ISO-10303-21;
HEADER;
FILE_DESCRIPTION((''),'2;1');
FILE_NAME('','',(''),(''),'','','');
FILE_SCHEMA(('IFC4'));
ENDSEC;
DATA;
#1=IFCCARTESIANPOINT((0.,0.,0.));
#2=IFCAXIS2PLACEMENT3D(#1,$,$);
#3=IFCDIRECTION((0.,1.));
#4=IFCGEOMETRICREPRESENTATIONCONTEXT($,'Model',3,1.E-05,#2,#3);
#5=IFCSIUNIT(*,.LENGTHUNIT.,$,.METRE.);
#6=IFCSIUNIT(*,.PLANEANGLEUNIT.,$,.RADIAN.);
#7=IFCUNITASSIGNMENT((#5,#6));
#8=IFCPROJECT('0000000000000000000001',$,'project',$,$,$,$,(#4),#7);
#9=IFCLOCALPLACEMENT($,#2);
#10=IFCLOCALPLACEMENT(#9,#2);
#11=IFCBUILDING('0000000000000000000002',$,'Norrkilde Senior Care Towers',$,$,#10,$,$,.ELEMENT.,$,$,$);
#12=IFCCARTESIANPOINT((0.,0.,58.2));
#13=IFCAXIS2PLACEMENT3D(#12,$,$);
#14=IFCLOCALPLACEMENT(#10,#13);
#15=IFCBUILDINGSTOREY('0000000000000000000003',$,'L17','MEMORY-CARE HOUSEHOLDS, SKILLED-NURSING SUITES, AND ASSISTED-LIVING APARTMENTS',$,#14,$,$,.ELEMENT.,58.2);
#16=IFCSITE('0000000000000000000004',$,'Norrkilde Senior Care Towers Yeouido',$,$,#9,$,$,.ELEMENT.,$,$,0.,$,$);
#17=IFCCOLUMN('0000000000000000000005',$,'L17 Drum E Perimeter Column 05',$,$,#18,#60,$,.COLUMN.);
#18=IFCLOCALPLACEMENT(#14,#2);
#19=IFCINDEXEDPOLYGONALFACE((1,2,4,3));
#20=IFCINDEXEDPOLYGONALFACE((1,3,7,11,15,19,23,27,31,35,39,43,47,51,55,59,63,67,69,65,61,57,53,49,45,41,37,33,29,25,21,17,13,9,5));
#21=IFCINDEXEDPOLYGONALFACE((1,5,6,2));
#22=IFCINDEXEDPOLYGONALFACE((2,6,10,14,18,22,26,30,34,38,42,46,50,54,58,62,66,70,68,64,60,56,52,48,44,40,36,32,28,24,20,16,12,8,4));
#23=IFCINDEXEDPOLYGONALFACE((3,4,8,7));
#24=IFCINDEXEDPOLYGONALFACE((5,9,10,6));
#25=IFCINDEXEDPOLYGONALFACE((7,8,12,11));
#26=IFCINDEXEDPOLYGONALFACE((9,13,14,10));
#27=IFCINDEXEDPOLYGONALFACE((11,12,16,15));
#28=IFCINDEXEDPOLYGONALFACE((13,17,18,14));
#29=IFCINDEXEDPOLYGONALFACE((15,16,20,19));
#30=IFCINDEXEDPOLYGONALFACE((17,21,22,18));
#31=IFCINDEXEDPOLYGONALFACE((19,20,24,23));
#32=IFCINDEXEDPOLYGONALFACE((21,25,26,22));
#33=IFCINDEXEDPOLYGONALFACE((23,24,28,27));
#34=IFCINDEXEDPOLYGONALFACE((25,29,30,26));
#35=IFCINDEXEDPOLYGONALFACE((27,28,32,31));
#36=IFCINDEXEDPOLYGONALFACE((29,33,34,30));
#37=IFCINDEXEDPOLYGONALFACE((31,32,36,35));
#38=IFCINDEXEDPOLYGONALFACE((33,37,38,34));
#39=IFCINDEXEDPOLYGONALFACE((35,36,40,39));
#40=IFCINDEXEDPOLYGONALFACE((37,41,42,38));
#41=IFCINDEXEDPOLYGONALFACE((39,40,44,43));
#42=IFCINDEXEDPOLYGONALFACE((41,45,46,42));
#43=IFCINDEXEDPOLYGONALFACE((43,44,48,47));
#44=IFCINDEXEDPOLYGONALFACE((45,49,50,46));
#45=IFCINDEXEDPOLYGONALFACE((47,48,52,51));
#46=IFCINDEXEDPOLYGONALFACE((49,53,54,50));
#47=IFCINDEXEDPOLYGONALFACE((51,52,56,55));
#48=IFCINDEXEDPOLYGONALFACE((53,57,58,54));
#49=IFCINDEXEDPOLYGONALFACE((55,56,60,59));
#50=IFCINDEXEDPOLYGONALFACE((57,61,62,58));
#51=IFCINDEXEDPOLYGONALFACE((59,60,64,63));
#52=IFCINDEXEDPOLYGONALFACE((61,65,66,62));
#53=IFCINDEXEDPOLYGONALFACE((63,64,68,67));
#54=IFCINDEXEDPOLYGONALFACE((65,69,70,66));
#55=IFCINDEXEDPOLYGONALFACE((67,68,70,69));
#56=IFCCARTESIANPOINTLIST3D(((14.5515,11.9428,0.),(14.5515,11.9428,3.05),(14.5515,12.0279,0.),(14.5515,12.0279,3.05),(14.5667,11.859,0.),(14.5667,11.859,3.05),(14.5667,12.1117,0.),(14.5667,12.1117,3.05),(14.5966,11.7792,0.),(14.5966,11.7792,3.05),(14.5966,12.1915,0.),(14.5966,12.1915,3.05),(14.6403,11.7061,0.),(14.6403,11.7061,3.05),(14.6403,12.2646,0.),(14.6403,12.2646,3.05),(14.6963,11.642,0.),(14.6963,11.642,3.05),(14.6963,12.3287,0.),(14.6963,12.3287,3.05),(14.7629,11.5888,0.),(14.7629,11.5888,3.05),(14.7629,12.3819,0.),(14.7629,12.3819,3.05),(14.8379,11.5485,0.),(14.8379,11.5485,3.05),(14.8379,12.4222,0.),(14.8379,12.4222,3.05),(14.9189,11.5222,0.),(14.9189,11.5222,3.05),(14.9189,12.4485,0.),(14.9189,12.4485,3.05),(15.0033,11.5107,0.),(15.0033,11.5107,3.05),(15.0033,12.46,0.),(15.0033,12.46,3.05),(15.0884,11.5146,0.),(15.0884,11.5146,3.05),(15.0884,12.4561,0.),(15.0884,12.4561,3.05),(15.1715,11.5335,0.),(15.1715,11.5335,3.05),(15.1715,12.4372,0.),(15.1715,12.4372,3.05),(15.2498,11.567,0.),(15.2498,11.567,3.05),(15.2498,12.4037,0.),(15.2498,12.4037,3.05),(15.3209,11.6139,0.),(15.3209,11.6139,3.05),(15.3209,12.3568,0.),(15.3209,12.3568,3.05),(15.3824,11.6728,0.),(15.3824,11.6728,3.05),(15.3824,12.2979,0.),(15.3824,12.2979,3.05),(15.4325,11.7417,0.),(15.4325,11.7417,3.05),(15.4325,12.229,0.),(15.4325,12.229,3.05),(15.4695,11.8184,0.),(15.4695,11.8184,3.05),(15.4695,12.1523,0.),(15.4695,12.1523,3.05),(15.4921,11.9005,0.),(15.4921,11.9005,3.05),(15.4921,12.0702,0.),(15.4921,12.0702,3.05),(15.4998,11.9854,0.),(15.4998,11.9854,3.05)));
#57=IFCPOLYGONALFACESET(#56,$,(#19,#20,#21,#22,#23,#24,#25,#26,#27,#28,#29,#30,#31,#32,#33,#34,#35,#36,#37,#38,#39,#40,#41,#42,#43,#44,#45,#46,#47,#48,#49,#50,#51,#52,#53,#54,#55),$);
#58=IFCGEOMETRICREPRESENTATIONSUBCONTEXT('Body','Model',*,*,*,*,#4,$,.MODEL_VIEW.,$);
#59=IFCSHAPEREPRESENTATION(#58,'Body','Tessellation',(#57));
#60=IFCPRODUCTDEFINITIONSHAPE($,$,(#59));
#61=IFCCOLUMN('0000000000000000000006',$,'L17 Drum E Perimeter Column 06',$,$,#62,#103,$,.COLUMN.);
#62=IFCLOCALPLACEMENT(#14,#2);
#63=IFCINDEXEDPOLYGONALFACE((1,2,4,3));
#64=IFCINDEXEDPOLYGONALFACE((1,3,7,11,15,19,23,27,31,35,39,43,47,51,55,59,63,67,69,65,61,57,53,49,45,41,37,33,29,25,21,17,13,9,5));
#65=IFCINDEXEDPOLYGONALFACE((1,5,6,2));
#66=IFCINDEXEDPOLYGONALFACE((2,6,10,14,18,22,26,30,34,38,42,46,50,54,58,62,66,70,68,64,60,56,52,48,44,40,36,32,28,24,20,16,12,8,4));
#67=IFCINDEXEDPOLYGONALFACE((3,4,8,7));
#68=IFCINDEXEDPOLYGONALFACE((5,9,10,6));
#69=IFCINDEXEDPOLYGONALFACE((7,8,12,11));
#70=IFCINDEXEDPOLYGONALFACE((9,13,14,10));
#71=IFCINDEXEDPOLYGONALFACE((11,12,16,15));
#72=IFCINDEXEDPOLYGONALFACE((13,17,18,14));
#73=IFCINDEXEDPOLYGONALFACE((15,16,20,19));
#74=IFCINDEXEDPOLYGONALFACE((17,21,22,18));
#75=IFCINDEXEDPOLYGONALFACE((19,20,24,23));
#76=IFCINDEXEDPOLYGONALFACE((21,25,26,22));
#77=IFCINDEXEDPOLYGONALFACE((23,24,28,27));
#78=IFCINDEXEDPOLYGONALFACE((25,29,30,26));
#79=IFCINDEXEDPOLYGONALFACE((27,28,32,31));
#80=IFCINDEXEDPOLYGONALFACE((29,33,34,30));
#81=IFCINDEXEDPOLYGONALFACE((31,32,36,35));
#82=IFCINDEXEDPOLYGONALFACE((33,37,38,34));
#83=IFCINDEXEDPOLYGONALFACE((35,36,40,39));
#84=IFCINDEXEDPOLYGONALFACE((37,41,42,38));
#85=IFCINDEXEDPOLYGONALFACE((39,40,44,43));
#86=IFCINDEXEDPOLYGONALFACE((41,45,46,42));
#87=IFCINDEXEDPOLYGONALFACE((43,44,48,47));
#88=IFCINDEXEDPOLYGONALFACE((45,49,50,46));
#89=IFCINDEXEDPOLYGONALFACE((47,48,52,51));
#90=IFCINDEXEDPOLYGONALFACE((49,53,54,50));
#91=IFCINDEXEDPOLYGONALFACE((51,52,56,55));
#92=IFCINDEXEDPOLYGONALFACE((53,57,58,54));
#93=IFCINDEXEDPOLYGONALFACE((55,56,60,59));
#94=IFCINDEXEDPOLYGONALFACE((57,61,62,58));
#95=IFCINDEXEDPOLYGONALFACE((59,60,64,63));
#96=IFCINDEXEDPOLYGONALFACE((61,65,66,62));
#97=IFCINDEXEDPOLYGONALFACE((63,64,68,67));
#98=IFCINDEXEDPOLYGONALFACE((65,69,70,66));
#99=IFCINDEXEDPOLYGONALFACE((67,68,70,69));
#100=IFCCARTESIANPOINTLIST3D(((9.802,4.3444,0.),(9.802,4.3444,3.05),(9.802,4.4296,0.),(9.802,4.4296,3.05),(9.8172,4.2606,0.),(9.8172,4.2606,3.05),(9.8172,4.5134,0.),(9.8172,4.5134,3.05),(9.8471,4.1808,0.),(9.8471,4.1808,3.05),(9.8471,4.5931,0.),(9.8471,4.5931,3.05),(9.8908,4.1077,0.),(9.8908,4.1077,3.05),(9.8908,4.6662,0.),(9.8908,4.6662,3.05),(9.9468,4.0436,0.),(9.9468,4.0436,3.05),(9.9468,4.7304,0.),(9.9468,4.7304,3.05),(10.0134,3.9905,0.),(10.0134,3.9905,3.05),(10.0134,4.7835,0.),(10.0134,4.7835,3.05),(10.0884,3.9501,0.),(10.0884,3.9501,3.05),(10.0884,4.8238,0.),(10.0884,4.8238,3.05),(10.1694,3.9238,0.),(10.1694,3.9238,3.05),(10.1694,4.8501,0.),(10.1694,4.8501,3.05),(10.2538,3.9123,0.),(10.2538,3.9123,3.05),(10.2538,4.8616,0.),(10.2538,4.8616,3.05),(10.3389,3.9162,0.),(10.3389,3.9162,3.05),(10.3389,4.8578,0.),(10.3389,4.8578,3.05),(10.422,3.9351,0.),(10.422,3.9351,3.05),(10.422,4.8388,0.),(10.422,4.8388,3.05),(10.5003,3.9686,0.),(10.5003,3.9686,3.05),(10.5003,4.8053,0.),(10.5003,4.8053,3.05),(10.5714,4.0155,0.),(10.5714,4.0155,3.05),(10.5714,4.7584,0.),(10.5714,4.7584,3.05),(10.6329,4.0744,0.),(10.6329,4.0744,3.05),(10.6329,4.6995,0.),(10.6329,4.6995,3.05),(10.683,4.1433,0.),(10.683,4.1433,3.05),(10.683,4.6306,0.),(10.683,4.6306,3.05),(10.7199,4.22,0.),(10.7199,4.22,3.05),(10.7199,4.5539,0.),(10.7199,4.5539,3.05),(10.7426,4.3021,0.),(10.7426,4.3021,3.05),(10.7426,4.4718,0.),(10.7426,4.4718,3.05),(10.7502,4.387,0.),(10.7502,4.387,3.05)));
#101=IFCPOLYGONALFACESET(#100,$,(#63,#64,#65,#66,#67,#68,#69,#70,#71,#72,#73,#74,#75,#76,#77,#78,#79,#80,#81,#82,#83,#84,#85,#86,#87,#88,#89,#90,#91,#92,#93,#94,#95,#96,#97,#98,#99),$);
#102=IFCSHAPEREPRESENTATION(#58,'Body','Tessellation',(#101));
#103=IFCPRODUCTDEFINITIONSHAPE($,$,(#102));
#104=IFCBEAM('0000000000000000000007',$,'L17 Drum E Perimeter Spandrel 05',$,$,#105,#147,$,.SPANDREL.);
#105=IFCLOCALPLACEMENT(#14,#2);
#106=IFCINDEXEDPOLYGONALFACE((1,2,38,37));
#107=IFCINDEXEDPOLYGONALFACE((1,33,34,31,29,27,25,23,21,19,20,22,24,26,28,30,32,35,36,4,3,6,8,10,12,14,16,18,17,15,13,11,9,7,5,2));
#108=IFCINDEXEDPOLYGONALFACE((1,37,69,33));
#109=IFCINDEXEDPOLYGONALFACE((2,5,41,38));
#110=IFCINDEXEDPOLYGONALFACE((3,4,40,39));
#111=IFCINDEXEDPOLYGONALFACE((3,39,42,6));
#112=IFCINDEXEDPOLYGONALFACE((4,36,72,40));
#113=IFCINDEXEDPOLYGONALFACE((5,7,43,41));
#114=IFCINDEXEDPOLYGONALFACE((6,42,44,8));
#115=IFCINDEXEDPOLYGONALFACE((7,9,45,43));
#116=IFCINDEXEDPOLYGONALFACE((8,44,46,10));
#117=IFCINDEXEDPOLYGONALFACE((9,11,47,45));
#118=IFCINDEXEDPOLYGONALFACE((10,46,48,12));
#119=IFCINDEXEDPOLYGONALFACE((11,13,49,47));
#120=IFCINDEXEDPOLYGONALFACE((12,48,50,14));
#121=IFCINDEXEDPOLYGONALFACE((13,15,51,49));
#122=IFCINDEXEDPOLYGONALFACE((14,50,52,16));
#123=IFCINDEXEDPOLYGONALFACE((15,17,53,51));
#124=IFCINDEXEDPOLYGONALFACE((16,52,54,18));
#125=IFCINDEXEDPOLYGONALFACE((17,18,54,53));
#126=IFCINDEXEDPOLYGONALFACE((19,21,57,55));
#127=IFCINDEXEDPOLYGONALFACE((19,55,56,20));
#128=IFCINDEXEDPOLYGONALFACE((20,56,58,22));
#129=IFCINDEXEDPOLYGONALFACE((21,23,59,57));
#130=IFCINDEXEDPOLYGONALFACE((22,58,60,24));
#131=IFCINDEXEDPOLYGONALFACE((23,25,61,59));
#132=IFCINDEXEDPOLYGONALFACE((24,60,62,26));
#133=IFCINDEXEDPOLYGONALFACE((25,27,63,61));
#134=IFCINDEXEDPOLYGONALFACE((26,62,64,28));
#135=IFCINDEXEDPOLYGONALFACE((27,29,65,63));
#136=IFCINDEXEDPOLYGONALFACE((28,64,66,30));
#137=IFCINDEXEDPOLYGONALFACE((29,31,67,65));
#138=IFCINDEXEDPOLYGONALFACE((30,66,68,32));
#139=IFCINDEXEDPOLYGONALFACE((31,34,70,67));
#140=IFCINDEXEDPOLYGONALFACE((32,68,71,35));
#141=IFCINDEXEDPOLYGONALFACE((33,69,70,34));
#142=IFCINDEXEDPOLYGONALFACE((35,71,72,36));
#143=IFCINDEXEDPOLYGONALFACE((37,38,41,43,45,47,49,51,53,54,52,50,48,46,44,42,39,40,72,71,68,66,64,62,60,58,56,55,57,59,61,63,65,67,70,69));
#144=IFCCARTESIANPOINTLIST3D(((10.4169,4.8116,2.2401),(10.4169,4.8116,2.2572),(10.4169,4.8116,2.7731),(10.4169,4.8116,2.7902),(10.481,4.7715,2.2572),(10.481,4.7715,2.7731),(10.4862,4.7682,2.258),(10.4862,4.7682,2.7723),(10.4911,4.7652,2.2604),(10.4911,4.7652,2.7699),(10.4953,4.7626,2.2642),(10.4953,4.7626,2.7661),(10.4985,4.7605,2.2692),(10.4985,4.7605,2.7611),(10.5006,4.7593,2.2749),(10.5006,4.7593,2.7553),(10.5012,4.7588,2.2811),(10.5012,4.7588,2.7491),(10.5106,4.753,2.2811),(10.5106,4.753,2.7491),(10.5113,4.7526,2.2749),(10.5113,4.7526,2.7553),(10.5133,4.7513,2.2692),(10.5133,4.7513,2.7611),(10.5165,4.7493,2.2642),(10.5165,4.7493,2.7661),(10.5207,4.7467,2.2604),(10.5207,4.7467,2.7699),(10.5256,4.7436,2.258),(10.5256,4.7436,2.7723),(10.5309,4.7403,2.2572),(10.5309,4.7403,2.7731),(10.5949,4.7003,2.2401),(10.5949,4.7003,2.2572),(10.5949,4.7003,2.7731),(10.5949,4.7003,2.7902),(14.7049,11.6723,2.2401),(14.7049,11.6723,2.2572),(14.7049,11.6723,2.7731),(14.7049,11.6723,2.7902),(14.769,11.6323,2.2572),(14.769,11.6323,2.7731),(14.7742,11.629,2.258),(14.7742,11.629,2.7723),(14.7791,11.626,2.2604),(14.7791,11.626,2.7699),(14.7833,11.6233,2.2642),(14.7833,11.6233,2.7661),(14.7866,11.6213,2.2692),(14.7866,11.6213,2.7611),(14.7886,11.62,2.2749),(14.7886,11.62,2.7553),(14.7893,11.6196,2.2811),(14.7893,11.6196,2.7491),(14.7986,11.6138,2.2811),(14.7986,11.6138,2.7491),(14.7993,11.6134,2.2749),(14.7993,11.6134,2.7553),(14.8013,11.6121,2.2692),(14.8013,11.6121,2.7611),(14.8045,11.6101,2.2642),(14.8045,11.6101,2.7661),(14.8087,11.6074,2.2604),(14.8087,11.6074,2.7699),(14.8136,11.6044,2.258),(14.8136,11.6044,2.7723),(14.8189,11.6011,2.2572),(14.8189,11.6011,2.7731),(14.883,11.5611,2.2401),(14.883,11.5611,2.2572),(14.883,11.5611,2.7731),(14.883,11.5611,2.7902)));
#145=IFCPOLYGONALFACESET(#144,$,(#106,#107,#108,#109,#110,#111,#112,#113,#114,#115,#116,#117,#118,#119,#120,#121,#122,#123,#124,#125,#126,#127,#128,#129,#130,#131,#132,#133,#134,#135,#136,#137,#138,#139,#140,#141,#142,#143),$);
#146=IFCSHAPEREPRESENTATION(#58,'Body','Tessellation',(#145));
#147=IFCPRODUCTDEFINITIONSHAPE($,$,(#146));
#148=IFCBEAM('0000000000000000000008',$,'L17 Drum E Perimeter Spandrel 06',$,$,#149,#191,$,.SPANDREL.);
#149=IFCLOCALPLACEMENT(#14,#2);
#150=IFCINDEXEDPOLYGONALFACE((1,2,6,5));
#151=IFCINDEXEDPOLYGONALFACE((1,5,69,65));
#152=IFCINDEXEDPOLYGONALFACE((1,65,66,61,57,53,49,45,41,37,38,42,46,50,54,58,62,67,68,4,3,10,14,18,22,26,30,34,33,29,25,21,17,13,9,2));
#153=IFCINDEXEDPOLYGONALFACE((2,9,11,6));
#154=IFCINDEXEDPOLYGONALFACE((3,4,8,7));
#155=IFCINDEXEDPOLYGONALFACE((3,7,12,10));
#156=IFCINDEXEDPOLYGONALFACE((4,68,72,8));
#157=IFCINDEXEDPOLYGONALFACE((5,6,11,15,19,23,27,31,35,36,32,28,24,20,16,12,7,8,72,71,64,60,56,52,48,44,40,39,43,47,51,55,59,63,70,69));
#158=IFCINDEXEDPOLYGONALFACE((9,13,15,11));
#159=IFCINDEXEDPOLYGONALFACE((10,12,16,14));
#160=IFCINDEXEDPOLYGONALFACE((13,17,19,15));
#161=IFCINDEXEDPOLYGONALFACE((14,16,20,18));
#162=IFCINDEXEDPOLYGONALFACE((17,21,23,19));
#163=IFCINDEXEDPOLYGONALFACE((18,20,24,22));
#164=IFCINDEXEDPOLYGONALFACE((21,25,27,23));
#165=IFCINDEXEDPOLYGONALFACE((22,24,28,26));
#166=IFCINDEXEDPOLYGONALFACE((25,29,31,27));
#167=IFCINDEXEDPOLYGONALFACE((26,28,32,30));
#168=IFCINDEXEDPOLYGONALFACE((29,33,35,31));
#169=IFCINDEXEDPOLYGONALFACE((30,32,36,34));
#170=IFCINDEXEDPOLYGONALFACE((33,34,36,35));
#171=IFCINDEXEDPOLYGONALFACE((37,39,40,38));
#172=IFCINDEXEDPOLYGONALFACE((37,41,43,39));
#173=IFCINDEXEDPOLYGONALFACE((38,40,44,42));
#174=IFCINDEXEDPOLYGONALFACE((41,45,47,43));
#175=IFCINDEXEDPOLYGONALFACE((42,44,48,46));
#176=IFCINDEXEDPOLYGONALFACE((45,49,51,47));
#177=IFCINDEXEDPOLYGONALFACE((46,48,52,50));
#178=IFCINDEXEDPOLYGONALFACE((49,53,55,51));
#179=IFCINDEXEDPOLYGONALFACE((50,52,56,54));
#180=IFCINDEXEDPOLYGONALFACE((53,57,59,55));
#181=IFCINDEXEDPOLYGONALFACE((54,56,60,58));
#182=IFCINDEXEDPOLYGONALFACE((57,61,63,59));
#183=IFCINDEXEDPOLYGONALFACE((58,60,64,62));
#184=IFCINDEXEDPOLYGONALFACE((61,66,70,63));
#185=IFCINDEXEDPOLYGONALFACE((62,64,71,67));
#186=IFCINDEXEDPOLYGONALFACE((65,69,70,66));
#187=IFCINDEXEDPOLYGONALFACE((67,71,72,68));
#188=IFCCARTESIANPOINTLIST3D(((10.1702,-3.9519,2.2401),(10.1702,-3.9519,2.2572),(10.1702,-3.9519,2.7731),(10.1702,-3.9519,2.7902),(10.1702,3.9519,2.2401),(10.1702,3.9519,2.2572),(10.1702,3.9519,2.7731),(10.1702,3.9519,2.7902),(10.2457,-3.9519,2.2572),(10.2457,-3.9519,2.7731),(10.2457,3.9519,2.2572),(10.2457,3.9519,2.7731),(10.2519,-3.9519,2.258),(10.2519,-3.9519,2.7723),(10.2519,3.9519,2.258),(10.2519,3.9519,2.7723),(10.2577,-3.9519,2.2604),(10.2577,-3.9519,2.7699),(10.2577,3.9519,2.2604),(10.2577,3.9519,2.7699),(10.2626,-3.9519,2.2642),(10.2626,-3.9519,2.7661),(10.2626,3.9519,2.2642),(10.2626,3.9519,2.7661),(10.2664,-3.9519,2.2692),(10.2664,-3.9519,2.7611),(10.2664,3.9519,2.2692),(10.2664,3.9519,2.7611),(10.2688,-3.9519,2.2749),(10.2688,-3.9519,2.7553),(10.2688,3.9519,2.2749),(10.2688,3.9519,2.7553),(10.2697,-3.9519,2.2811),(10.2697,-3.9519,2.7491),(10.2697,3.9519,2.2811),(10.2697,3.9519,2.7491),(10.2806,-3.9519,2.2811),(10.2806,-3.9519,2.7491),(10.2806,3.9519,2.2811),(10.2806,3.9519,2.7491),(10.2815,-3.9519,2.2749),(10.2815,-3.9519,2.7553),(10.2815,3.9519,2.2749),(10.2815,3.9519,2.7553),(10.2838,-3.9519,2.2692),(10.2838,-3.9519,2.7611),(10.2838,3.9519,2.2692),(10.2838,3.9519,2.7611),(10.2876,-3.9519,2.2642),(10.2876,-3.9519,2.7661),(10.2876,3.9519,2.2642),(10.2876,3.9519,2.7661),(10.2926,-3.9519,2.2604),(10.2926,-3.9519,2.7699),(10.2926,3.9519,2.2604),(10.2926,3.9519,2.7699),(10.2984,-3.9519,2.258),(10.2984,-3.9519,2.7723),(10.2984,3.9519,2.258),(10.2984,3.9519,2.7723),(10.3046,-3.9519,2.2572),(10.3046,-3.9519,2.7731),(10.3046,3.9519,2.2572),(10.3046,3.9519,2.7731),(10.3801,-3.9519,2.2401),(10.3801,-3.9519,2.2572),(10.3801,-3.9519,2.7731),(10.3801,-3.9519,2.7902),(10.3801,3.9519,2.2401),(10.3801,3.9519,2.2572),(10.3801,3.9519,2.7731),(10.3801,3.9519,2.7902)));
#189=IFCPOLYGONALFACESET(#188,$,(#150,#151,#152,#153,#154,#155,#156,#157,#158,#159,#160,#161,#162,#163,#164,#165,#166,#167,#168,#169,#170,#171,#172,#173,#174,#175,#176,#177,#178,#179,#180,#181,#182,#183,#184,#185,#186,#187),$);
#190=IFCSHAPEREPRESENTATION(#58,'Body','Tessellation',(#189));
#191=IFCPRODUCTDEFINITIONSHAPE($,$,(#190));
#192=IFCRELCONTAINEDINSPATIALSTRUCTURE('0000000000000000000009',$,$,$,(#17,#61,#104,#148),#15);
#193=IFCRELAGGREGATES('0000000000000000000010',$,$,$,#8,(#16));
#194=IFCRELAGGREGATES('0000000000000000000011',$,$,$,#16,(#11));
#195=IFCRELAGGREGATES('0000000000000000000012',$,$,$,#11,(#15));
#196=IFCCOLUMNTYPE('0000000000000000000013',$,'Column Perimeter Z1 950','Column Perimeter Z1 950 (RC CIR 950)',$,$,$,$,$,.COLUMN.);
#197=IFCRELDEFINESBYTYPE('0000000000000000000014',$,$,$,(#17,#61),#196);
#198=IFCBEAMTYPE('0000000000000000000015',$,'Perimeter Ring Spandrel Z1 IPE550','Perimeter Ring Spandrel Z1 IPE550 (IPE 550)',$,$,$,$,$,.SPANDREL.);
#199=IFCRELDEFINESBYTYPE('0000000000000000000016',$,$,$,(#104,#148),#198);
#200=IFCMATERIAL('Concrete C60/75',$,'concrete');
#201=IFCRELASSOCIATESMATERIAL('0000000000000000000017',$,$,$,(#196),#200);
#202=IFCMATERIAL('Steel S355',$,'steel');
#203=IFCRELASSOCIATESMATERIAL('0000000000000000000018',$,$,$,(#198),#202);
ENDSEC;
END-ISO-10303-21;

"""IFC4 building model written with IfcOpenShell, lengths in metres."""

from ifc_helpers import new_model, si_unit, direction, frame, origin, origin_2d, place, context, subcontext, project, spatial, circle, i_section, extrude, source, transform, mapped, material, material_profile, profile_set, type_object, type_shapes, element, save


model = new_model("IFC4")

# Units and contexts
model_context = context("Model", 3, precision=1e-05, world=origin(), true_north=direction((0.0, 1.0)))
body_context = subcontext(model_context, "Body", "Model", "MODEL_VIEW")
ifc_project = project(units=[si_unit("LENGTHUNIT", "METRE"), si_unit("PLANEANGLEUNIT", "RADIAN")], contexts=[model_context])

# Site, building, storey
site_placement = place(None, origin())
site = spatial("IfcSite", under=ifc_project, at=site_placement, Name="Norrkilde Senior Care Towers Yeouido", CompositionType="ELEMENT", RefElevation=0.0)
building_placement = place(site_placement, origin())
building = spatial("IfcBuilding", under=site, at=building_placement, Name="Norrkilde Senior Care Towers", CompositionType="ELEMENT")
storey_placement = place(building_placement, frame((0.0, 0.0, 58.2)))
storey = spatial("IfcBuildingStorey", under=building, at=storey_placement, Name="L17", Description="MEMORY-CARE HOUSEHOLDS, SKILLED-NURSING SUITES, AND ASSISTED-LIVING APARTMENTS", CompositionType="ELEMENT", Elevation=58.2)

# Columns
ifc_material_1 = material(Name="Concrete C60/75", Category="concrete")
ifc_material_profile_1 = material_profile(ifc_material_1, circle(Radius=0.4751, at=origin_2d()), Name="RC CIR 950")
ifc_profile_set_1 = profile_set([ifc_material_profile_1], Name="Concrete C60/75")
column_type = type_object("IfcColumnType", Name="Column Perimeter Z1 950", Description="Column Perimeter Z1 950 (RC CIR 950)", PredefinedType="COLUMN", material=ifc_profile_set_1)
shared_shape_1 = source(origin(), body_context, "Body", "SweptSolid", [
    extrude(circle(Radius=0.4751, at=origin_2d()), origin(), (0.0, 0.0, 1.0), 3.05),
])
type_shapes(column_type, [shared_shape_1])
for number, where, z_axis, x_axis, name in (
    (1, (15.0247, 11.9854, 0.0), (0.0, 0.0, 1.0), (1.0, 0.0, 0.0), "L17 Drum E Perimeter Column 05"),
    (2, (10.2751, 4.387, 0.0), (0.0, 0.0, 1.0), (1.0, 0.0, 0.0), "L17 Drum E Perimeter Column 06"),
):
    element("IfcColumn", number, at=place(storey_placement, frame(where, z_axis=z_axis, x_axis=x_axis)), inside=storey, type_object=column_type, Name=name, PredefinedType="COLUMN", context=body_context, shape_type="MappedRepresentation", body=[
        mapped(shared_shape_1, transform((0.0, 0.0, 0.0), x_axis=(1.0, 0.0, 0.0), y_axis=(0.0, 1.0, 0.0), z_axis=(0.0, 0.0, 1.0), scale=1.0)),
    ])

# Beams
ifc_material_2 = material(Name="Steel S355", Category="steel")
ifc_material_profile_2 = material_profile(ifc_material_2, i_section(OverallWidth=0.21, OverallDepth=0.55, WebThickness=0.011, FlangeThickness=0.0171, FilletRadius=0.0239, at=origin_2d()), Name="IPE 550")
ifc_profile_set_2 = profile_set([ifc_material_profile_2], Name="Steel S355")
beam_type = type_object("IfcBeamType", Name="Perimeter Ring Spandrel Z1 IPE550", Description="Perimeter Ring Spandrel Z1 IPE550 (IPE 550)", PredefinedType="SPANDREL", material=ifc_profile_set_2)
shared_shape_2 = source(origin(), body_context, "Body", "SweptSolid", [
    extrude(i_section(OverallWidth=0.21, OverallDepth=0.55, WebThickness=0.011, FlangeThickness=0.0171, FilletRadius=0.0239, at=origin_2d()), origin(), (0.0, 0.0, 1.0), 8.0906),
])
beam_1_placement = place(storey_placement, frame((14.7939, 11.6167, 2.5151), z_axis=(-0.530004, -0.847995, 0.0), x_axis=(0.847995, -0.530004, 0.0)))
element("IfcBeam", 3, at=beam_1_placement, inside=storey, type_object=beam_type, Name="L17 Drum E Perimeter Spandrel 05", PredefinedType="SPANDREL", context=body_context, shape_type="MappedRepresentation", body=[
    mapped(shared_shape_2, transform((0.0, 0.0, 0.0), x_axis=(1.0, 0.0, 0.0), y_axis=(0.0, 1.0, 0.0), z_axis=(0.0, 0.0, 1.0), scale=1.0)),
])
shared_shape_3 = source(origin(), body_context, "Body", "SweptSolid", [
    extrude(i_section(OverallWidth=0.21, OverallDepth=0.55, WebThickness=0.011, FlangeThickness=0.0171, FilletRadius=0.0239, at=origin_2d()), origin(), (0.0, 0.0, 1.0), 7.9038),
])
type_shapes(beam_type, [shared_shape_2, shared_shape_3])
beam_2_placement = place(storey_placement, frame((10.2751, 3.9519, 2.5151), z_axis=(0.0, -1.0, 0.0), x_axis=(1.0, 0.0, 0.0)))
element("IfcBeam", 4, at=beam_2_placement, inside=storey, type_object=beam_type, Name="L17 Drum E Perimeter Spandrel 06", PredefinedType="SPANDREL", context=body_context, shape_type="MappedRepresentation", body=[
    mapped(shared_shape_3, transform((0.0, 0.0, 0.0), x_axis=(1.0, 0.0, 0.0), y_axis=(0.0, 1.0, 0.0), z_axis=(0.0, 0.0, 1.0), scale=1.0)),
])

save(model, "model.ifc")
